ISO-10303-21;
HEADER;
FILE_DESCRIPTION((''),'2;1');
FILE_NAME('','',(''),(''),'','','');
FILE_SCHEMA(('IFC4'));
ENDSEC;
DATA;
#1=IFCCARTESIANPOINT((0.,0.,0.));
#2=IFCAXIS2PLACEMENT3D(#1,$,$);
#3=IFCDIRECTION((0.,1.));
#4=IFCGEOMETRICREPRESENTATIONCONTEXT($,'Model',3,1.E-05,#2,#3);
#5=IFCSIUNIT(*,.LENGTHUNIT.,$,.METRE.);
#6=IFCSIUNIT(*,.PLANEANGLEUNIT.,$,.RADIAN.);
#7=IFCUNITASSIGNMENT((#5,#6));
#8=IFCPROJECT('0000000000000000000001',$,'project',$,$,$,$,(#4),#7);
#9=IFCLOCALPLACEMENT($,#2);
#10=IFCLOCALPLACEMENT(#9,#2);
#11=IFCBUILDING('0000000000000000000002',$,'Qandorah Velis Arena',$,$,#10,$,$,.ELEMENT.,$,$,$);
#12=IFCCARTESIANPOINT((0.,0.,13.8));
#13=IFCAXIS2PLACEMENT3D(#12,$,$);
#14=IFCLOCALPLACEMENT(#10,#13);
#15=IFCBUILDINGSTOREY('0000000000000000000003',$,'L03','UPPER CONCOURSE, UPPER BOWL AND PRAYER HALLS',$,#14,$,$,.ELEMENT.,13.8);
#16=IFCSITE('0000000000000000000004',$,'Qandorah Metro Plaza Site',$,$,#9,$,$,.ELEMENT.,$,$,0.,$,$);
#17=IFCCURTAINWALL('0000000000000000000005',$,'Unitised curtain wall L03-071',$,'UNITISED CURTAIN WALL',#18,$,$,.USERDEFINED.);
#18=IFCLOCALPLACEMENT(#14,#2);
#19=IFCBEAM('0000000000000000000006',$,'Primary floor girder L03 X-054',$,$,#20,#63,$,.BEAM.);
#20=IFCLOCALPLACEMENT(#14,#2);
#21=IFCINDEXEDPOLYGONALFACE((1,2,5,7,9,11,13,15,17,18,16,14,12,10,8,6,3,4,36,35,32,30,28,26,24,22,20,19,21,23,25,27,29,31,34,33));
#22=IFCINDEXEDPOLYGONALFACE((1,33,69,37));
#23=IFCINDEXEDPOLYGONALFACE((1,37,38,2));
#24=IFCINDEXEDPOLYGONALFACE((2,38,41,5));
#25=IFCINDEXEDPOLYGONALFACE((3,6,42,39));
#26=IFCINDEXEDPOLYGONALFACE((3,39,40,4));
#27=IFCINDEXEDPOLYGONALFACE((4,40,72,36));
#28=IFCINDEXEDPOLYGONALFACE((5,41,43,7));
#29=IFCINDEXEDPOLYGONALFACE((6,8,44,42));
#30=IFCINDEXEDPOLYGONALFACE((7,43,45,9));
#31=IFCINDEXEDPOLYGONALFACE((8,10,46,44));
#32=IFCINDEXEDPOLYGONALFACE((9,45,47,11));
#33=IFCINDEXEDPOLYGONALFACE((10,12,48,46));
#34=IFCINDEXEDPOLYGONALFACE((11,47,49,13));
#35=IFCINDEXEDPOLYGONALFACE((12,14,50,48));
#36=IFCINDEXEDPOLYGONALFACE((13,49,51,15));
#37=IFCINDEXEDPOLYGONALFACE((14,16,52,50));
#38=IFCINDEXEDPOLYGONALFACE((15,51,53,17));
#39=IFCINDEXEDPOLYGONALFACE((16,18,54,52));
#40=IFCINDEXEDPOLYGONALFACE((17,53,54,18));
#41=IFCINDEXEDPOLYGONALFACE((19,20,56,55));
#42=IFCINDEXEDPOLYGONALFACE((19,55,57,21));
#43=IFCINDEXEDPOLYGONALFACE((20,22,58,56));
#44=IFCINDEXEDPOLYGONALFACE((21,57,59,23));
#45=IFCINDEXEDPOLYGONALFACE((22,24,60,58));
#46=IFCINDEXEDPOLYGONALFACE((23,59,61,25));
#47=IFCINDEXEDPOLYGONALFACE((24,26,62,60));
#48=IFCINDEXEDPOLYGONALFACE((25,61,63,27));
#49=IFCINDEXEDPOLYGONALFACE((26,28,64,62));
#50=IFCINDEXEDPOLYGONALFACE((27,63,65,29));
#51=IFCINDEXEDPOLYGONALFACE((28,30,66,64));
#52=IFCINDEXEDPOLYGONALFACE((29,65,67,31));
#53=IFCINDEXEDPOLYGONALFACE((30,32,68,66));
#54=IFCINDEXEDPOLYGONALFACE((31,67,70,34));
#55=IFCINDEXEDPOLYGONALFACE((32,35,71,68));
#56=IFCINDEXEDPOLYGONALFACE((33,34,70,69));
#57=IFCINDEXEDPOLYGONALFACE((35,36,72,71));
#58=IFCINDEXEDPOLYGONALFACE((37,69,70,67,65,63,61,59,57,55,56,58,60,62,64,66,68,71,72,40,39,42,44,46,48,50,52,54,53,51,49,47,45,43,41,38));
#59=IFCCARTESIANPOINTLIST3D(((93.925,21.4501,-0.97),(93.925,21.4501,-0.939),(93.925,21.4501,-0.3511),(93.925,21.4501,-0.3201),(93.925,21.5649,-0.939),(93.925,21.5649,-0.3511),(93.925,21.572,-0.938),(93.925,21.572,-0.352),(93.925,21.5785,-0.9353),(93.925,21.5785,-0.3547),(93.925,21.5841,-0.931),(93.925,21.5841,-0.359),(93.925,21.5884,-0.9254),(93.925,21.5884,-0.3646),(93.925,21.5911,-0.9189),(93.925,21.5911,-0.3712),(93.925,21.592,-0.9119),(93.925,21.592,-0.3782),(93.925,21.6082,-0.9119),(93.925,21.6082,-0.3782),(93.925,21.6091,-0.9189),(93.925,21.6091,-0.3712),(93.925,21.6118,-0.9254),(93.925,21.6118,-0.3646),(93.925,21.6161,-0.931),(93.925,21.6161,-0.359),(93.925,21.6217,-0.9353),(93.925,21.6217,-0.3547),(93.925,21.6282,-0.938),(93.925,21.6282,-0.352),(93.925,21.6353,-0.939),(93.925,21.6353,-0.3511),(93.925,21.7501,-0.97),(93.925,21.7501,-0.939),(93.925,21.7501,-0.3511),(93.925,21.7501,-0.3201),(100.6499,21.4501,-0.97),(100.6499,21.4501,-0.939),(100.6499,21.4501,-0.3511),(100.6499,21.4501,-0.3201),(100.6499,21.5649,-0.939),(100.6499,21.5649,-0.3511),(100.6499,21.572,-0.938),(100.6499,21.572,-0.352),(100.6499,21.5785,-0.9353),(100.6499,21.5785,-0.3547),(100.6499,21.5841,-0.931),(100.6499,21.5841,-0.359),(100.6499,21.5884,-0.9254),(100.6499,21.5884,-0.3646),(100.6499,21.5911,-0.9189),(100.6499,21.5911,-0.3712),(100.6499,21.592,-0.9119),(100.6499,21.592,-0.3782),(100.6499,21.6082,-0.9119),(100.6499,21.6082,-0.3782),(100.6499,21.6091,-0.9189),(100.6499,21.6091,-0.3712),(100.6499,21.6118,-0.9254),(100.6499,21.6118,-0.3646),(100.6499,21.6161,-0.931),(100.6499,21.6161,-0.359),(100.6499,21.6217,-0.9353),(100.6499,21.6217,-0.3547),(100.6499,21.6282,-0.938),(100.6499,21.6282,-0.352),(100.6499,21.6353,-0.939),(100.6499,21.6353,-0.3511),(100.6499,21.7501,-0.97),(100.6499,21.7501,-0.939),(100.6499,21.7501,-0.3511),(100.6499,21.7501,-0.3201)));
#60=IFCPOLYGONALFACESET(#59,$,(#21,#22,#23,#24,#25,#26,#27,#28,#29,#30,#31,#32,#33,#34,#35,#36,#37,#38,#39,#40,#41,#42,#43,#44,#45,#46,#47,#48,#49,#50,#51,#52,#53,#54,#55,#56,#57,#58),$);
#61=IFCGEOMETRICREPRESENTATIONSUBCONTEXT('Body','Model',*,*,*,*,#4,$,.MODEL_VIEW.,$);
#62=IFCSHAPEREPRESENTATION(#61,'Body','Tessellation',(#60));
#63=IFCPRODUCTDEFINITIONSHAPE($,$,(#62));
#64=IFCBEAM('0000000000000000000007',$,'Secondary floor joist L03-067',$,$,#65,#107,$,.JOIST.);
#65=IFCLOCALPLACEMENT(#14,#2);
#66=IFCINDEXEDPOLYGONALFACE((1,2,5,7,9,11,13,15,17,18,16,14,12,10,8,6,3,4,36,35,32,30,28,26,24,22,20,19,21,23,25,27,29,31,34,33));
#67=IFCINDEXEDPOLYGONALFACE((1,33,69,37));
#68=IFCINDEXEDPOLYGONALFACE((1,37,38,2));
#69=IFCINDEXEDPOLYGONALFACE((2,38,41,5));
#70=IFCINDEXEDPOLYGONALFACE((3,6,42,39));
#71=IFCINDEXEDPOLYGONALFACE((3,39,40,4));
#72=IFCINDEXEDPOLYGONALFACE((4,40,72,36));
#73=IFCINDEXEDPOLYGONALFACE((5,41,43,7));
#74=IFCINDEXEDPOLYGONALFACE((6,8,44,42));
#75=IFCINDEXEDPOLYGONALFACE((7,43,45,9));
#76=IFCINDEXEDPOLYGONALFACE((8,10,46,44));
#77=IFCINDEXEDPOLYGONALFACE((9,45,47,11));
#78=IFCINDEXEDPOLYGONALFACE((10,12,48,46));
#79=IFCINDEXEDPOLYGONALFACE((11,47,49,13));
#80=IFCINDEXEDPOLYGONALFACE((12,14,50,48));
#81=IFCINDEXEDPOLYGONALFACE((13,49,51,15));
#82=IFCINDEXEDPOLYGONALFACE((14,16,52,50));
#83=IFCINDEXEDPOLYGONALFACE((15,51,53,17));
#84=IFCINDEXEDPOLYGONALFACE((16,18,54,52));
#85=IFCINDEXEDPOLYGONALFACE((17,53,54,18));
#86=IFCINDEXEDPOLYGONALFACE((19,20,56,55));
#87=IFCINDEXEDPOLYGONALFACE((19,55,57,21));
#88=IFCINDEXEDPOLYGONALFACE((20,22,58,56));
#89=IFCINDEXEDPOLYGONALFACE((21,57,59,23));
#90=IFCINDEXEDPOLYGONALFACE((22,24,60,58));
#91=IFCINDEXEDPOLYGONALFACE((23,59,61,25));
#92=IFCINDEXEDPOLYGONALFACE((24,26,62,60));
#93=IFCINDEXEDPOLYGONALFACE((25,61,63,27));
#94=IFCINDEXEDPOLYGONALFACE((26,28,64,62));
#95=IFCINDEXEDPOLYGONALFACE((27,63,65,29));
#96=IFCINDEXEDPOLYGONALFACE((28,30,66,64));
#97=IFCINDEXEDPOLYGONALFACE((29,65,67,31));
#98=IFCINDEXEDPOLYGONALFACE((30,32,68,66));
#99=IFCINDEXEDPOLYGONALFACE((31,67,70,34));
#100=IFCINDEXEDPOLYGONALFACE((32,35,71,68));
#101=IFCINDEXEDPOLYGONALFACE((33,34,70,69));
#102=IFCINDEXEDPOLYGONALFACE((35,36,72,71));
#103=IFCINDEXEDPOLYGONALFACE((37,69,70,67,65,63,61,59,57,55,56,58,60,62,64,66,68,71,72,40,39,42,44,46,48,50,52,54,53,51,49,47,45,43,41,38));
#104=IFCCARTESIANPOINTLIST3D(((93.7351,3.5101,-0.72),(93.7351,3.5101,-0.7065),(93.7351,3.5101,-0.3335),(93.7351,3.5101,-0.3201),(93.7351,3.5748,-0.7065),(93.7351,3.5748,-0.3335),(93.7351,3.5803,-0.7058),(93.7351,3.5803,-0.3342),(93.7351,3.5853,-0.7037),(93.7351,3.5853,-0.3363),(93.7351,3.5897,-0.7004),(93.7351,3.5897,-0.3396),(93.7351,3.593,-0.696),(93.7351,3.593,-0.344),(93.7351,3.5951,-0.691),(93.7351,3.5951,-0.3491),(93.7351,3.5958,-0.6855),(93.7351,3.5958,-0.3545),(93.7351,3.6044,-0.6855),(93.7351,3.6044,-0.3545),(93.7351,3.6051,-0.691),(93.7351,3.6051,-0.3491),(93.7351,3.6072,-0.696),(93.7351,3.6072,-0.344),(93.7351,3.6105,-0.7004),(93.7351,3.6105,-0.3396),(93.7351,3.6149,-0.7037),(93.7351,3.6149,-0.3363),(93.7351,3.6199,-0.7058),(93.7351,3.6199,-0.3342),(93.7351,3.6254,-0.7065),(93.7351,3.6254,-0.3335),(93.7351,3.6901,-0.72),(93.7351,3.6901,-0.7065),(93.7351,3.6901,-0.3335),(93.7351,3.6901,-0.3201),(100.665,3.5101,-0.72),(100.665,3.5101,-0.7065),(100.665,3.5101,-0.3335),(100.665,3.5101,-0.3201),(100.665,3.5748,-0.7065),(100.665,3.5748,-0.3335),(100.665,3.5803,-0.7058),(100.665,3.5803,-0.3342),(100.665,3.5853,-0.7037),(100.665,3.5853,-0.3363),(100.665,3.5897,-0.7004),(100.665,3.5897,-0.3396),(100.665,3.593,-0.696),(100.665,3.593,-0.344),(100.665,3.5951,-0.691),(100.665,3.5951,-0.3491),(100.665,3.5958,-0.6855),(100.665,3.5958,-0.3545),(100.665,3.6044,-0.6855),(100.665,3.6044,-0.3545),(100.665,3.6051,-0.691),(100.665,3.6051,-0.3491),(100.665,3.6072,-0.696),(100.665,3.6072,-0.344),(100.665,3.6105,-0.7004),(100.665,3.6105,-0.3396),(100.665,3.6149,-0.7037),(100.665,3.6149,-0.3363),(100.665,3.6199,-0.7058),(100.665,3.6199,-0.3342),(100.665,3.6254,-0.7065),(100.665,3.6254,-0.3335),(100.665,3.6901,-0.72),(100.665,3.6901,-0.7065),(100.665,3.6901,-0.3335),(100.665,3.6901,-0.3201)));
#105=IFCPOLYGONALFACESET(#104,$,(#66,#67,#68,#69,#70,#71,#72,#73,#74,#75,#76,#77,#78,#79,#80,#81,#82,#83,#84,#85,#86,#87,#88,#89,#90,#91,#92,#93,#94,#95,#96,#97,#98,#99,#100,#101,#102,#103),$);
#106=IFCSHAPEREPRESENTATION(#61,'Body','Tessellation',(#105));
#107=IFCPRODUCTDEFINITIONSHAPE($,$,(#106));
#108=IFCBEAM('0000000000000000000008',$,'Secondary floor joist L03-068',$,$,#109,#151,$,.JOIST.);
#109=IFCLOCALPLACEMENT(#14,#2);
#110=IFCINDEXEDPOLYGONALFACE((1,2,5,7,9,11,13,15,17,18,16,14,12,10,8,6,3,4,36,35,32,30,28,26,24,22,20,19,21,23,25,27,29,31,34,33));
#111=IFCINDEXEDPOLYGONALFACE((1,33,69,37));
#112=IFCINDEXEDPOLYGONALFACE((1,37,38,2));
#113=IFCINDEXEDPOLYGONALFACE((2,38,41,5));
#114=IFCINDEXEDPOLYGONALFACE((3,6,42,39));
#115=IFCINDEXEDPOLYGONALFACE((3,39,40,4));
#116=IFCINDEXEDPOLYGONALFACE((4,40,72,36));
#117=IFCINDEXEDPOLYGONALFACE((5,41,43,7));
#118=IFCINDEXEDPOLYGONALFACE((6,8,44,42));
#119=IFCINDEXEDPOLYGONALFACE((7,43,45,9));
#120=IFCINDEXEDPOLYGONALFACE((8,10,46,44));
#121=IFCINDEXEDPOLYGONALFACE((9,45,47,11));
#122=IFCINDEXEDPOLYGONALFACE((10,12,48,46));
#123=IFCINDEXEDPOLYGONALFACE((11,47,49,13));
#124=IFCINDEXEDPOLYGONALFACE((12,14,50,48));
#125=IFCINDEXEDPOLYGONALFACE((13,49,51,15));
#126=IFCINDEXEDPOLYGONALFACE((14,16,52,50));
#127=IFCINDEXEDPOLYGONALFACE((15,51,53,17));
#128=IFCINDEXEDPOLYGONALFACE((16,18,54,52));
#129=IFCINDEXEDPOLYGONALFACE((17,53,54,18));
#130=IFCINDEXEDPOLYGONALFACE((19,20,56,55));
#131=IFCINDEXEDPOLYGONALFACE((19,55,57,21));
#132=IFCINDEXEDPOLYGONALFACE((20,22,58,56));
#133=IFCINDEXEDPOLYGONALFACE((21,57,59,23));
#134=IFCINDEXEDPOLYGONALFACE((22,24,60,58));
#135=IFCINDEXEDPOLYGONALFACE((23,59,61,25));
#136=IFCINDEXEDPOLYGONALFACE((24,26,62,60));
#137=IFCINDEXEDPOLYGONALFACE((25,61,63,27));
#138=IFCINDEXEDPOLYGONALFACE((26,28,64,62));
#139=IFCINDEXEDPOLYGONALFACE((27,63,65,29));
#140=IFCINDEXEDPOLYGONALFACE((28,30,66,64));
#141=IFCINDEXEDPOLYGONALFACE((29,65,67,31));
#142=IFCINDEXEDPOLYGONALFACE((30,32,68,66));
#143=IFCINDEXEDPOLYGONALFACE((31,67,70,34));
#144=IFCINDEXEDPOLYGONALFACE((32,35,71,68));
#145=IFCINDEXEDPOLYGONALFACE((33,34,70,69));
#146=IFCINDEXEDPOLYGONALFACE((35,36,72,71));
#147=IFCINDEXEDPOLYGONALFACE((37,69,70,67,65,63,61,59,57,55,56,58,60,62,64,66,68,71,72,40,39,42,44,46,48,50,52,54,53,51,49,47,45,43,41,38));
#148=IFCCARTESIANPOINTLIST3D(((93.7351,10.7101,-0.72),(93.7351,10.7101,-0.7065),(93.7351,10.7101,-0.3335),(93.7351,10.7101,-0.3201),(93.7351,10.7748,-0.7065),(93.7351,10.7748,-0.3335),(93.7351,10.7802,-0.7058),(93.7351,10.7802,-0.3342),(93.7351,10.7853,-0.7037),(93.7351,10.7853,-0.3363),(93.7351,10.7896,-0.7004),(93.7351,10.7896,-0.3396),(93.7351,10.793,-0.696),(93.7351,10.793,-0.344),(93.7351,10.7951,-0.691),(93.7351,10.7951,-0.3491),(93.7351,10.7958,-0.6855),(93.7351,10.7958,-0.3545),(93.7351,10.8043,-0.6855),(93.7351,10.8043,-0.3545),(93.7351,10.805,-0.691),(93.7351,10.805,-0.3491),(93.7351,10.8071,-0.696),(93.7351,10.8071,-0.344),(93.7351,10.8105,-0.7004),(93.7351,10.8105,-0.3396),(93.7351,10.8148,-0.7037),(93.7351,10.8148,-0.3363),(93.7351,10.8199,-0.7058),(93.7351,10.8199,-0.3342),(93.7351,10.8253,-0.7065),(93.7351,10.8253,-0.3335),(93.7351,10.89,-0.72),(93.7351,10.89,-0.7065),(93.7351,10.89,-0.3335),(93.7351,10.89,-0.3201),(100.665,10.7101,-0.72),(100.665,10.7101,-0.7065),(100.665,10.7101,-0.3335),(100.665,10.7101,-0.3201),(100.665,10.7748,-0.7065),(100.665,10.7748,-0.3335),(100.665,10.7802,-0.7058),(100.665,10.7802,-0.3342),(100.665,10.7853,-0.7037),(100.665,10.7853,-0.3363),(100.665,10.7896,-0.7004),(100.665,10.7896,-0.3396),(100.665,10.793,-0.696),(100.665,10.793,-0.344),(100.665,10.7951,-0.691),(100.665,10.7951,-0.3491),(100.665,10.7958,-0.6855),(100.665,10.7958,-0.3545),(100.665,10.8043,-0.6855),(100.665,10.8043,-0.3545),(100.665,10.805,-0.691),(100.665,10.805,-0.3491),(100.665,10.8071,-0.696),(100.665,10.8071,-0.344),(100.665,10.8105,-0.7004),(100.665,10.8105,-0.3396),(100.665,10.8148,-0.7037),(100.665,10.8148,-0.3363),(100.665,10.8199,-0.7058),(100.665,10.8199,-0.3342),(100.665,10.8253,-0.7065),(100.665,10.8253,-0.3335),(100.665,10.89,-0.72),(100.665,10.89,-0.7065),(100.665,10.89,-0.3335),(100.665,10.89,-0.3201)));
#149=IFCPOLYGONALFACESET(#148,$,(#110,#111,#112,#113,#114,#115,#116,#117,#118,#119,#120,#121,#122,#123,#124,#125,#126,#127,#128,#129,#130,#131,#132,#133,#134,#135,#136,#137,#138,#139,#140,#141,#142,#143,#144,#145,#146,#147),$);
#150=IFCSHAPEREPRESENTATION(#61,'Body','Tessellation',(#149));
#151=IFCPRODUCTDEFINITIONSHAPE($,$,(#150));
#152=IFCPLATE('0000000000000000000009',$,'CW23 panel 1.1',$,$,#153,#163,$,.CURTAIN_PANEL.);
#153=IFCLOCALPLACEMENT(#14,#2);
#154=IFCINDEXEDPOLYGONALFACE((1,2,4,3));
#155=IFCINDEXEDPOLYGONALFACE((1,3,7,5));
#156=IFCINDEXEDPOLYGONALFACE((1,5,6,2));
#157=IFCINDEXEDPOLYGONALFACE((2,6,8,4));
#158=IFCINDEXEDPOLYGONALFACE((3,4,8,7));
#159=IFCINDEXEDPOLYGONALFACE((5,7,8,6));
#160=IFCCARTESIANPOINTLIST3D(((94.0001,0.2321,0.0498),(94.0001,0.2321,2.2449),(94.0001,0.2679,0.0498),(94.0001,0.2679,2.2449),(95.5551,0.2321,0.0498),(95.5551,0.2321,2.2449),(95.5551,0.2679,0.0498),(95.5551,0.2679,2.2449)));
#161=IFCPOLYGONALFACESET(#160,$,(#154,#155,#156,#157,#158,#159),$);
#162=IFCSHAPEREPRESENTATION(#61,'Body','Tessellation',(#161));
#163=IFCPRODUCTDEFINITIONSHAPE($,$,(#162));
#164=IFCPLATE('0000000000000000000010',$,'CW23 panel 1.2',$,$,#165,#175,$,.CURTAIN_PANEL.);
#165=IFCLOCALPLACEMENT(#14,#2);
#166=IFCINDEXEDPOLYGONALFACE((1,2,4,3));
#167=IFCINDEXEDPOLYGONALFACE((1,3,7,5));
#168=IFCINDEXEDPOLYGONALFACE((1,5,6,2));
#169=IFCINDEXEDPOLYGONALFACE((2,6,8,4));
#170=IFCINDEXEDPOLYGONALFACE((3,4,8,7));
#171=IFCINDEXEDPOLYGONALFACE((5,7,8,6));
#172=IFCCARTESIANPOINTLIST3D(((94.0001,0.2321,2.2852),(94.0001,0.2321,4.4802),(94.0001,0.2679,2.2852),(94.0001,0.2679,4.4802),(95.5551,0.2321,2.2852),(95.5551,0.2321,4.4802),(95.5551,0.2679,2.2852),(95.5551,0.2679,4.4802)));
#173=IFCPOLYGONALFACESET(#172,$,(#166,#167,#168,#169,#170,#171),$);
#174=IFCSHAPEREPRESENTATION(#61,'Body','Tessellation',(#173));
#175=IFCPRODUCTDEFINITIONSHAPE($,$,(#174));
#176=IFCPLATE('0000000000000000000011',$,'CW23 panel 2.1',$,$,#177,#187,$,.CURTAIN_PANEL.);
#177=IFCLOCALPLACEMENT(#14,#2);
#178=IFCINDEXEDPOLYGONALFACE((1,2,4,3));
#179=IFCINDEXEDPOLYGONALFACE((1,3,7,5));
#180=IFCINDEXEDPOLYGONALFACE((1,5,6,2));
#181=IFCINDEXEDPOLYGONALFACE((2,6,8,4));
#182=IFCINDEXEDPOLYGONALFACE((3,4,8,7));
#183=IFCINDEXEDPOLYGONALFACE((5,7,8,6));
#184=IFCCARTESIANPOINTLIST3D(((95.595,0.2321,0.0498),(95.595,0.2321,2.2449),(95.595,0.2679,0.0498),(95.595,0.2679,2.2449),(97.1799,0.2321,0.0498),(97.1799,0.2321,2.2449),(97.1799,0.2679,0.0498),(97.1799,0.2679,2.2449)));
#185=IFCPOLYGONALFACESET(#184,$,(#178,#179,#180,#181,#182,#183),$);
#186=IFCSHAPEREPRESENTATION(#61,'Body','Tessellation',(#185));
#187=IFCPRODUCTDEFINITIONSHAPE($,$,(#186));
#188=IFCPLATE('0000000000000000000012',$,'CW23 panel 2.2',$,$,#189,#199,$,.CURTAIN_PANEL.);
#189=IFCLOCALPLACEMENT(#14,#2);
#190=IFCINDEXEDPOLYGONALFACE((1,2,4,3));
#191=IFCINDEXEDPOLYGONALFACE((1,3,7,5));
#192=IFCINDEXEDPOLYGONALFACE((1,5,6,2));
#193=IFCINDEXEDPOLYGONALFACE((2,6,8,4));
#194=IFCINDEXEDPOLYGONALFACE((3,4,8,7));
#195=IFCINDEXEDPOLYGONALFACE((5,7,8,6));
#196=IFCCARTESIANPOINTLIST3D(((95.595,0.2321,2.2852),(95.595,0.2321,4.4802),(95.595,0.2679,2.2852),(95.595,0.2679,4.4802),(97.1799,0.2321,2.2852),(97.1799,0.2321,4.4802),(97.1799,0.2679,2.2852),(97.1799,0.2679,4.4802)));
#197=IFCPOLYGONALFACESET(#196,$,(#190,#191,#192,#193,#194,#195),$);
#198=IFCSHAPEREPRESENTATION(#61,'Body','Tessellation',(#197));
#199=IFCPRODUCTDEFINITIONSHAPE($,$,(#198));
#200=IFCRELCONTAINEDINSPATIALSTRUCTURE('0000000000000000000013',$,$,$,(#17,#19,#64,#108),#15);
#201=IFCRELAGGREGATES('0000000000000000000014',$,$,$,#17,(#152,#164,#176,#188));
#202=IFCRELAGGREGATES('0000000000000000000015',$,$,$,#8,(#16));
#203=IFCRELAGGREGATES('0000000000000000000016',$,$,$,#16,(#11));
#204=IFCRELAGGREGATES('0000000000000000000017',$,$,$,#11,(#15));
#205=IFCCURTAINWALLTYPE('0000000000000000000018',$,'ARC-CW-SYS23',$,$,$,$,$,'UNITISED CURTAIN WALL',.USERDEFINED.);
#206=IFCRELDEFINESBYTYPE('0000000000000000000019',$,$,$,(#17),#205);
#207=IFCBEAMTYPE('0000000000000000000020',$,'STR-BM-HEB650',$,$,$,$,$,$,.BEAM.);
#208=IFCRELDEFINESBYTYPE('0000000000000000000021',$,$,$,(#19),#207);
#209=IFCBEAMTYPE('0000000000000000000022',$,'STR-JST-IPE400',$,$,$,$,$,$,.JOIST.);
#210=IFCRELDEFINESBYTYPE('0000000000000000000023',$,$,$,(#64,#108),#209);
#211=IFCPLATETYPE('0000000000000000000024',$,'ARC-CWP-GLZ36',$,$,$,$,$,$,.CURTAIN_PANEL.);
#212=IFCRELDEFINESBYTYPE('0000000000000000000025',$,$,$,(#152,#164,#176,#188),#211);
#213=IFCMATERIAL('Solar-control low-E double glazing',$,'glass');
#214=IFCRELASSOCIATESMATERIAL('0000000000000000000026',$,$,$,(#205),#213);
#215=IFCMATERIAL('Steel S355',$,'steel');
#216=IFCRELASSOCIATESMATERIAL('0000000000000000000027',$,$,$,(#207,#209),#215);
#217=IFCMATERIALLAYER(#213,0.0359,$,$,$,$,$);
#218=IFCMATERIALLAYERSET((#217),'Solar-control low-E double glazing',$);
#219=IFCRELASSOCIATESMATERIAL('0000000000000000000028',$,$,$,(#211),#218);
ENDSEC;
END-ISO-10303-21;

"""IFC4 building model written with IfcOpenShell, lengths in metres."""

from ifc_helpers import new_model, si_unit, direction, frame, origin, origin_2d, place, context, subcontext, project, spatial, rectangle, i_section, extrude, material, layer, layer_set, material_profile, profile_set, type_object, element, aggregate, save


model = new_model("IFC4")

# Units and contexts
model_context = context("Model", 3, precision=1e-05, world=origin(), true_north=direction((0.0, 1.0)))
body_context = subcontext(model_context, "Body", "Model", "MODEL_VIEW")
ifc_project = project(units=[si_unit("LENGTHUNIT", "METRE"), si_unit("PLANEANGLEUNIT", "RADIAN")], contexts=[model_context])

# Site, building, storey
site_placement = place(None, origin())
site = spatial("IfcSite", under=ifc_project, at=site_placement, Name="Qandorah Metro Plaza Site", CompositionType="ELEMENT", RefElevation=0.0)
building_placement = place(site_placement, origin())
building = spatial("IfcBuilding", under=site, at=building_placement, Name="Qandorah Velis Arena", CompositionType="ELEMENT")
storey_placement = place(building_placement, frame((0.0, 0.0, 13.8)))
storey = spatial("IfcBuildingStorey", under=building, at=storey_placement, Name="L03", Description="UPPER CONCOURSE, UPPER BOWL AND PRAYER HALLS", CompositionType="ELEMENT", Elevation=13.8)

# Curtain wall
ifc_material_1 = material(Name="Solar-control low-E double glazing", Category="glass")
curtain_wall_type_1 = type_object("IfcCurtainWallType", Name="ARC-CW-SYS23", ElementType="UNITISED CURTAIN WALL", PredefinedType="USERDEFINED", material=ifc_material_1)
curtain_wall_1_placement = place(storey_placement, origin())
curtain_wall_1 = element("IfcCurtainWall", 1, at=curtain_wall_1_placement, inside=storey, type_object=curtain_wall_type_1, Name="Unitised curtain wall L03-071", ObjectType="UNITISED CURTAIN WALL", PredefinedType="USERDEFINED")

# Beams
ifc_material_2 = material(Name="Steel S355", Category="steel")
ifc_material_profile_1 = material_profile(ifc_material_2, i_section(OverallWidth=0.3, OverallDepth=0.6499, WebThickness=0.0161, FlangeThickness=0.031, FilletRadius=0.0271, at=origin_2d()), Name="HEB 650")
ifc_profile_set_1 = profile_set([ifc_material_profile_1], Name="Steel S355")
beam_type_1 = type_object("IfcBeamType", Name="STR-BM-HEB650", PredefinedType="BEAM", material=ifc_profile_set_1)
beam_1_placement = place(storey_placement, frame((93.925, 21.6001, -0.645), z_axis=(1.0, 0.0, 0.0), x_axis=(0.0, 1.0, 0.0)))
element("IfcBeam", 2, at=beam_1_placement, inside=storey, type_object=beam_type_1, Name="Primary floor girder L03 X-054", PredefinedType="BEAM", context=body_context, shape_type="SweptSolid", body=[
    extrude(i_section(OverallWidth=0.3, OverallDepth=0.6499, WebThickness=0.0161, FlangeThickness=0.031, FilletRadius=0.0271, at=origin_2d()), origin(), (0.0, 0.0, 1.0), 6.7249),
])
ifc_material_profile_2 = material_profile(ifc_material_2, i_section(OverallWidth=0.1799, OverallDepth=0.3999, WebThickness=0.0085, FlangeThickness=0.0134, FilletRadius=0.021, at=origin_2d()), Name="IPE 400")
ifc_profile_set_2 = profile_set([ifc_material_profile_2], Name="Steel S355")
beam_type_2 = type_object("IfcBeamType", Name="STR-JST-IPE400", PredefinedType="JOIST", material=ifc_profile_set_2)
for number, where, z_axis, x_axis, name in (
    (3, (93.7351, 3.6001, -0.52), (1.0, 0.0, 0.0), (0.0, 1.0, 0.0), "Secondary floor joist L03-067"),
    (4, (93.7351, 10.8, -0.52), (1.0, 0.0, 0.0), (0.0, 1.0, 0.0), "Secondary floor joist L03-068"),
):
    element("IfcBeam", number, at=place(storey_placement, frame(where, z_axis=z_axis, x_axis=x_axis)), inside=storey, type_object=beam_type_2, Name=name, PredefinedType="JOIST", context=body_context, shape_type="SweptSolid", body=[
        extrude(i_section(OverallWidth=0.1799, OverallDepth=0.3999, WebThickness=0.0085, FlangeThickness=0.0134, FilletRadius=0.021, at=origin_2d()), origin(), (0.0, 0.0, 1.0), 6.9299),
    ])

# Plates
ifc_layer_1 = layer(ifc_material_1, 0.0359)
ifc_layer_set_1 = layer_set([ifc_layer_1], Name="Solar-control low-E double glazing")
plate_type = type_object("IfcPlateType", Name="ARC-CWP-GLZ36", PredefinedType="CURTAIN_PANEL", material=ifc_layer_set_1)
plate_1_placement = place(storey_placement, frame((94.7776, 0.25, 0.0498), z_axis=(0.0, 0.0, 1.0), x_axis=(1.0, 0.0, 0.0)))
plate_1 = element("IfcPlate", 5, at=plate_1_placement, type_object=plate_type, Name="CW23 panel 1.1", PredefinedType="CURTAIN_PANEL", context=body_context, shape_type="SweptSolid", body=[
    extrude(rectangle(XDim=1.5549, YDim=0.0359, at=origin_2d()), origin(), (0.0, 0.0, 1.0), 2.1951),
])
plate_2_placement = place(storey_placement, frame((94.7776, 0.25, 2.2852), z_axis=(0.0, 0.0, 1.0), x_axis=(1.0, 0.0, 0.0)))
plate_2 = element("IfcPlate", 6, at=plate_2_placement, type_object=plate_type, Name="CW23 panel 1.2", PredefinedType="CURTAIN_PANEL", context=body_context, shape_type="SweptSolid", body=[
    extrude(rectangle(XDim=1.5549, YDim=0.0359, at=origin_2d()), origin(), (0.0, 0.0, 1.0), 2.1951),
])
plate_3_placement = place(storey_placement, frame((96.3875, 0.25, 0.0498), z_axis=(0.0, 0.0, 1.0), x_axis=(1.0, 0.0, 0.0)))
plate_3 = element("IfcPlate", 7, at=plate_3_placement, type_object=plate_type, Name="CW23 panel 2.1", PredefinedType="CURTAIN_PANEL", context=body_context, shape_type="SweptSolid", body=[
    extrude(rectangle(XDim=1.585, YDim=0.0359, at=origin_2d()), origin(), (0.0, 0.0, 1.0), 2.1951),
])
plate_4_placement = place(storey_placement, frame((96.3875, 0.25, 2.2852), z_axis=(0.0, 0.0, 1.0), x_axis=(1.0, 0.0, 0.0)))
plate_4 = element("IfcPlate", 8, at=plate_4_placement, type_object=plate_type, Name="CW23 panel 2.2", PredefinedType="CURTAIN_PANEL", context=body_context, shape_type="SweptSolid", body=[
    extrude(rectangle(XDim=1.585, YDim=0.0359, at=origin_2d()), origin(), (0.0, 0.0, 1.0), 2.1951),
])
aggregate(curtain_wall_1, [plate_1, plate_2, plate_3, plate_4])

save(model, "model.ifc")
